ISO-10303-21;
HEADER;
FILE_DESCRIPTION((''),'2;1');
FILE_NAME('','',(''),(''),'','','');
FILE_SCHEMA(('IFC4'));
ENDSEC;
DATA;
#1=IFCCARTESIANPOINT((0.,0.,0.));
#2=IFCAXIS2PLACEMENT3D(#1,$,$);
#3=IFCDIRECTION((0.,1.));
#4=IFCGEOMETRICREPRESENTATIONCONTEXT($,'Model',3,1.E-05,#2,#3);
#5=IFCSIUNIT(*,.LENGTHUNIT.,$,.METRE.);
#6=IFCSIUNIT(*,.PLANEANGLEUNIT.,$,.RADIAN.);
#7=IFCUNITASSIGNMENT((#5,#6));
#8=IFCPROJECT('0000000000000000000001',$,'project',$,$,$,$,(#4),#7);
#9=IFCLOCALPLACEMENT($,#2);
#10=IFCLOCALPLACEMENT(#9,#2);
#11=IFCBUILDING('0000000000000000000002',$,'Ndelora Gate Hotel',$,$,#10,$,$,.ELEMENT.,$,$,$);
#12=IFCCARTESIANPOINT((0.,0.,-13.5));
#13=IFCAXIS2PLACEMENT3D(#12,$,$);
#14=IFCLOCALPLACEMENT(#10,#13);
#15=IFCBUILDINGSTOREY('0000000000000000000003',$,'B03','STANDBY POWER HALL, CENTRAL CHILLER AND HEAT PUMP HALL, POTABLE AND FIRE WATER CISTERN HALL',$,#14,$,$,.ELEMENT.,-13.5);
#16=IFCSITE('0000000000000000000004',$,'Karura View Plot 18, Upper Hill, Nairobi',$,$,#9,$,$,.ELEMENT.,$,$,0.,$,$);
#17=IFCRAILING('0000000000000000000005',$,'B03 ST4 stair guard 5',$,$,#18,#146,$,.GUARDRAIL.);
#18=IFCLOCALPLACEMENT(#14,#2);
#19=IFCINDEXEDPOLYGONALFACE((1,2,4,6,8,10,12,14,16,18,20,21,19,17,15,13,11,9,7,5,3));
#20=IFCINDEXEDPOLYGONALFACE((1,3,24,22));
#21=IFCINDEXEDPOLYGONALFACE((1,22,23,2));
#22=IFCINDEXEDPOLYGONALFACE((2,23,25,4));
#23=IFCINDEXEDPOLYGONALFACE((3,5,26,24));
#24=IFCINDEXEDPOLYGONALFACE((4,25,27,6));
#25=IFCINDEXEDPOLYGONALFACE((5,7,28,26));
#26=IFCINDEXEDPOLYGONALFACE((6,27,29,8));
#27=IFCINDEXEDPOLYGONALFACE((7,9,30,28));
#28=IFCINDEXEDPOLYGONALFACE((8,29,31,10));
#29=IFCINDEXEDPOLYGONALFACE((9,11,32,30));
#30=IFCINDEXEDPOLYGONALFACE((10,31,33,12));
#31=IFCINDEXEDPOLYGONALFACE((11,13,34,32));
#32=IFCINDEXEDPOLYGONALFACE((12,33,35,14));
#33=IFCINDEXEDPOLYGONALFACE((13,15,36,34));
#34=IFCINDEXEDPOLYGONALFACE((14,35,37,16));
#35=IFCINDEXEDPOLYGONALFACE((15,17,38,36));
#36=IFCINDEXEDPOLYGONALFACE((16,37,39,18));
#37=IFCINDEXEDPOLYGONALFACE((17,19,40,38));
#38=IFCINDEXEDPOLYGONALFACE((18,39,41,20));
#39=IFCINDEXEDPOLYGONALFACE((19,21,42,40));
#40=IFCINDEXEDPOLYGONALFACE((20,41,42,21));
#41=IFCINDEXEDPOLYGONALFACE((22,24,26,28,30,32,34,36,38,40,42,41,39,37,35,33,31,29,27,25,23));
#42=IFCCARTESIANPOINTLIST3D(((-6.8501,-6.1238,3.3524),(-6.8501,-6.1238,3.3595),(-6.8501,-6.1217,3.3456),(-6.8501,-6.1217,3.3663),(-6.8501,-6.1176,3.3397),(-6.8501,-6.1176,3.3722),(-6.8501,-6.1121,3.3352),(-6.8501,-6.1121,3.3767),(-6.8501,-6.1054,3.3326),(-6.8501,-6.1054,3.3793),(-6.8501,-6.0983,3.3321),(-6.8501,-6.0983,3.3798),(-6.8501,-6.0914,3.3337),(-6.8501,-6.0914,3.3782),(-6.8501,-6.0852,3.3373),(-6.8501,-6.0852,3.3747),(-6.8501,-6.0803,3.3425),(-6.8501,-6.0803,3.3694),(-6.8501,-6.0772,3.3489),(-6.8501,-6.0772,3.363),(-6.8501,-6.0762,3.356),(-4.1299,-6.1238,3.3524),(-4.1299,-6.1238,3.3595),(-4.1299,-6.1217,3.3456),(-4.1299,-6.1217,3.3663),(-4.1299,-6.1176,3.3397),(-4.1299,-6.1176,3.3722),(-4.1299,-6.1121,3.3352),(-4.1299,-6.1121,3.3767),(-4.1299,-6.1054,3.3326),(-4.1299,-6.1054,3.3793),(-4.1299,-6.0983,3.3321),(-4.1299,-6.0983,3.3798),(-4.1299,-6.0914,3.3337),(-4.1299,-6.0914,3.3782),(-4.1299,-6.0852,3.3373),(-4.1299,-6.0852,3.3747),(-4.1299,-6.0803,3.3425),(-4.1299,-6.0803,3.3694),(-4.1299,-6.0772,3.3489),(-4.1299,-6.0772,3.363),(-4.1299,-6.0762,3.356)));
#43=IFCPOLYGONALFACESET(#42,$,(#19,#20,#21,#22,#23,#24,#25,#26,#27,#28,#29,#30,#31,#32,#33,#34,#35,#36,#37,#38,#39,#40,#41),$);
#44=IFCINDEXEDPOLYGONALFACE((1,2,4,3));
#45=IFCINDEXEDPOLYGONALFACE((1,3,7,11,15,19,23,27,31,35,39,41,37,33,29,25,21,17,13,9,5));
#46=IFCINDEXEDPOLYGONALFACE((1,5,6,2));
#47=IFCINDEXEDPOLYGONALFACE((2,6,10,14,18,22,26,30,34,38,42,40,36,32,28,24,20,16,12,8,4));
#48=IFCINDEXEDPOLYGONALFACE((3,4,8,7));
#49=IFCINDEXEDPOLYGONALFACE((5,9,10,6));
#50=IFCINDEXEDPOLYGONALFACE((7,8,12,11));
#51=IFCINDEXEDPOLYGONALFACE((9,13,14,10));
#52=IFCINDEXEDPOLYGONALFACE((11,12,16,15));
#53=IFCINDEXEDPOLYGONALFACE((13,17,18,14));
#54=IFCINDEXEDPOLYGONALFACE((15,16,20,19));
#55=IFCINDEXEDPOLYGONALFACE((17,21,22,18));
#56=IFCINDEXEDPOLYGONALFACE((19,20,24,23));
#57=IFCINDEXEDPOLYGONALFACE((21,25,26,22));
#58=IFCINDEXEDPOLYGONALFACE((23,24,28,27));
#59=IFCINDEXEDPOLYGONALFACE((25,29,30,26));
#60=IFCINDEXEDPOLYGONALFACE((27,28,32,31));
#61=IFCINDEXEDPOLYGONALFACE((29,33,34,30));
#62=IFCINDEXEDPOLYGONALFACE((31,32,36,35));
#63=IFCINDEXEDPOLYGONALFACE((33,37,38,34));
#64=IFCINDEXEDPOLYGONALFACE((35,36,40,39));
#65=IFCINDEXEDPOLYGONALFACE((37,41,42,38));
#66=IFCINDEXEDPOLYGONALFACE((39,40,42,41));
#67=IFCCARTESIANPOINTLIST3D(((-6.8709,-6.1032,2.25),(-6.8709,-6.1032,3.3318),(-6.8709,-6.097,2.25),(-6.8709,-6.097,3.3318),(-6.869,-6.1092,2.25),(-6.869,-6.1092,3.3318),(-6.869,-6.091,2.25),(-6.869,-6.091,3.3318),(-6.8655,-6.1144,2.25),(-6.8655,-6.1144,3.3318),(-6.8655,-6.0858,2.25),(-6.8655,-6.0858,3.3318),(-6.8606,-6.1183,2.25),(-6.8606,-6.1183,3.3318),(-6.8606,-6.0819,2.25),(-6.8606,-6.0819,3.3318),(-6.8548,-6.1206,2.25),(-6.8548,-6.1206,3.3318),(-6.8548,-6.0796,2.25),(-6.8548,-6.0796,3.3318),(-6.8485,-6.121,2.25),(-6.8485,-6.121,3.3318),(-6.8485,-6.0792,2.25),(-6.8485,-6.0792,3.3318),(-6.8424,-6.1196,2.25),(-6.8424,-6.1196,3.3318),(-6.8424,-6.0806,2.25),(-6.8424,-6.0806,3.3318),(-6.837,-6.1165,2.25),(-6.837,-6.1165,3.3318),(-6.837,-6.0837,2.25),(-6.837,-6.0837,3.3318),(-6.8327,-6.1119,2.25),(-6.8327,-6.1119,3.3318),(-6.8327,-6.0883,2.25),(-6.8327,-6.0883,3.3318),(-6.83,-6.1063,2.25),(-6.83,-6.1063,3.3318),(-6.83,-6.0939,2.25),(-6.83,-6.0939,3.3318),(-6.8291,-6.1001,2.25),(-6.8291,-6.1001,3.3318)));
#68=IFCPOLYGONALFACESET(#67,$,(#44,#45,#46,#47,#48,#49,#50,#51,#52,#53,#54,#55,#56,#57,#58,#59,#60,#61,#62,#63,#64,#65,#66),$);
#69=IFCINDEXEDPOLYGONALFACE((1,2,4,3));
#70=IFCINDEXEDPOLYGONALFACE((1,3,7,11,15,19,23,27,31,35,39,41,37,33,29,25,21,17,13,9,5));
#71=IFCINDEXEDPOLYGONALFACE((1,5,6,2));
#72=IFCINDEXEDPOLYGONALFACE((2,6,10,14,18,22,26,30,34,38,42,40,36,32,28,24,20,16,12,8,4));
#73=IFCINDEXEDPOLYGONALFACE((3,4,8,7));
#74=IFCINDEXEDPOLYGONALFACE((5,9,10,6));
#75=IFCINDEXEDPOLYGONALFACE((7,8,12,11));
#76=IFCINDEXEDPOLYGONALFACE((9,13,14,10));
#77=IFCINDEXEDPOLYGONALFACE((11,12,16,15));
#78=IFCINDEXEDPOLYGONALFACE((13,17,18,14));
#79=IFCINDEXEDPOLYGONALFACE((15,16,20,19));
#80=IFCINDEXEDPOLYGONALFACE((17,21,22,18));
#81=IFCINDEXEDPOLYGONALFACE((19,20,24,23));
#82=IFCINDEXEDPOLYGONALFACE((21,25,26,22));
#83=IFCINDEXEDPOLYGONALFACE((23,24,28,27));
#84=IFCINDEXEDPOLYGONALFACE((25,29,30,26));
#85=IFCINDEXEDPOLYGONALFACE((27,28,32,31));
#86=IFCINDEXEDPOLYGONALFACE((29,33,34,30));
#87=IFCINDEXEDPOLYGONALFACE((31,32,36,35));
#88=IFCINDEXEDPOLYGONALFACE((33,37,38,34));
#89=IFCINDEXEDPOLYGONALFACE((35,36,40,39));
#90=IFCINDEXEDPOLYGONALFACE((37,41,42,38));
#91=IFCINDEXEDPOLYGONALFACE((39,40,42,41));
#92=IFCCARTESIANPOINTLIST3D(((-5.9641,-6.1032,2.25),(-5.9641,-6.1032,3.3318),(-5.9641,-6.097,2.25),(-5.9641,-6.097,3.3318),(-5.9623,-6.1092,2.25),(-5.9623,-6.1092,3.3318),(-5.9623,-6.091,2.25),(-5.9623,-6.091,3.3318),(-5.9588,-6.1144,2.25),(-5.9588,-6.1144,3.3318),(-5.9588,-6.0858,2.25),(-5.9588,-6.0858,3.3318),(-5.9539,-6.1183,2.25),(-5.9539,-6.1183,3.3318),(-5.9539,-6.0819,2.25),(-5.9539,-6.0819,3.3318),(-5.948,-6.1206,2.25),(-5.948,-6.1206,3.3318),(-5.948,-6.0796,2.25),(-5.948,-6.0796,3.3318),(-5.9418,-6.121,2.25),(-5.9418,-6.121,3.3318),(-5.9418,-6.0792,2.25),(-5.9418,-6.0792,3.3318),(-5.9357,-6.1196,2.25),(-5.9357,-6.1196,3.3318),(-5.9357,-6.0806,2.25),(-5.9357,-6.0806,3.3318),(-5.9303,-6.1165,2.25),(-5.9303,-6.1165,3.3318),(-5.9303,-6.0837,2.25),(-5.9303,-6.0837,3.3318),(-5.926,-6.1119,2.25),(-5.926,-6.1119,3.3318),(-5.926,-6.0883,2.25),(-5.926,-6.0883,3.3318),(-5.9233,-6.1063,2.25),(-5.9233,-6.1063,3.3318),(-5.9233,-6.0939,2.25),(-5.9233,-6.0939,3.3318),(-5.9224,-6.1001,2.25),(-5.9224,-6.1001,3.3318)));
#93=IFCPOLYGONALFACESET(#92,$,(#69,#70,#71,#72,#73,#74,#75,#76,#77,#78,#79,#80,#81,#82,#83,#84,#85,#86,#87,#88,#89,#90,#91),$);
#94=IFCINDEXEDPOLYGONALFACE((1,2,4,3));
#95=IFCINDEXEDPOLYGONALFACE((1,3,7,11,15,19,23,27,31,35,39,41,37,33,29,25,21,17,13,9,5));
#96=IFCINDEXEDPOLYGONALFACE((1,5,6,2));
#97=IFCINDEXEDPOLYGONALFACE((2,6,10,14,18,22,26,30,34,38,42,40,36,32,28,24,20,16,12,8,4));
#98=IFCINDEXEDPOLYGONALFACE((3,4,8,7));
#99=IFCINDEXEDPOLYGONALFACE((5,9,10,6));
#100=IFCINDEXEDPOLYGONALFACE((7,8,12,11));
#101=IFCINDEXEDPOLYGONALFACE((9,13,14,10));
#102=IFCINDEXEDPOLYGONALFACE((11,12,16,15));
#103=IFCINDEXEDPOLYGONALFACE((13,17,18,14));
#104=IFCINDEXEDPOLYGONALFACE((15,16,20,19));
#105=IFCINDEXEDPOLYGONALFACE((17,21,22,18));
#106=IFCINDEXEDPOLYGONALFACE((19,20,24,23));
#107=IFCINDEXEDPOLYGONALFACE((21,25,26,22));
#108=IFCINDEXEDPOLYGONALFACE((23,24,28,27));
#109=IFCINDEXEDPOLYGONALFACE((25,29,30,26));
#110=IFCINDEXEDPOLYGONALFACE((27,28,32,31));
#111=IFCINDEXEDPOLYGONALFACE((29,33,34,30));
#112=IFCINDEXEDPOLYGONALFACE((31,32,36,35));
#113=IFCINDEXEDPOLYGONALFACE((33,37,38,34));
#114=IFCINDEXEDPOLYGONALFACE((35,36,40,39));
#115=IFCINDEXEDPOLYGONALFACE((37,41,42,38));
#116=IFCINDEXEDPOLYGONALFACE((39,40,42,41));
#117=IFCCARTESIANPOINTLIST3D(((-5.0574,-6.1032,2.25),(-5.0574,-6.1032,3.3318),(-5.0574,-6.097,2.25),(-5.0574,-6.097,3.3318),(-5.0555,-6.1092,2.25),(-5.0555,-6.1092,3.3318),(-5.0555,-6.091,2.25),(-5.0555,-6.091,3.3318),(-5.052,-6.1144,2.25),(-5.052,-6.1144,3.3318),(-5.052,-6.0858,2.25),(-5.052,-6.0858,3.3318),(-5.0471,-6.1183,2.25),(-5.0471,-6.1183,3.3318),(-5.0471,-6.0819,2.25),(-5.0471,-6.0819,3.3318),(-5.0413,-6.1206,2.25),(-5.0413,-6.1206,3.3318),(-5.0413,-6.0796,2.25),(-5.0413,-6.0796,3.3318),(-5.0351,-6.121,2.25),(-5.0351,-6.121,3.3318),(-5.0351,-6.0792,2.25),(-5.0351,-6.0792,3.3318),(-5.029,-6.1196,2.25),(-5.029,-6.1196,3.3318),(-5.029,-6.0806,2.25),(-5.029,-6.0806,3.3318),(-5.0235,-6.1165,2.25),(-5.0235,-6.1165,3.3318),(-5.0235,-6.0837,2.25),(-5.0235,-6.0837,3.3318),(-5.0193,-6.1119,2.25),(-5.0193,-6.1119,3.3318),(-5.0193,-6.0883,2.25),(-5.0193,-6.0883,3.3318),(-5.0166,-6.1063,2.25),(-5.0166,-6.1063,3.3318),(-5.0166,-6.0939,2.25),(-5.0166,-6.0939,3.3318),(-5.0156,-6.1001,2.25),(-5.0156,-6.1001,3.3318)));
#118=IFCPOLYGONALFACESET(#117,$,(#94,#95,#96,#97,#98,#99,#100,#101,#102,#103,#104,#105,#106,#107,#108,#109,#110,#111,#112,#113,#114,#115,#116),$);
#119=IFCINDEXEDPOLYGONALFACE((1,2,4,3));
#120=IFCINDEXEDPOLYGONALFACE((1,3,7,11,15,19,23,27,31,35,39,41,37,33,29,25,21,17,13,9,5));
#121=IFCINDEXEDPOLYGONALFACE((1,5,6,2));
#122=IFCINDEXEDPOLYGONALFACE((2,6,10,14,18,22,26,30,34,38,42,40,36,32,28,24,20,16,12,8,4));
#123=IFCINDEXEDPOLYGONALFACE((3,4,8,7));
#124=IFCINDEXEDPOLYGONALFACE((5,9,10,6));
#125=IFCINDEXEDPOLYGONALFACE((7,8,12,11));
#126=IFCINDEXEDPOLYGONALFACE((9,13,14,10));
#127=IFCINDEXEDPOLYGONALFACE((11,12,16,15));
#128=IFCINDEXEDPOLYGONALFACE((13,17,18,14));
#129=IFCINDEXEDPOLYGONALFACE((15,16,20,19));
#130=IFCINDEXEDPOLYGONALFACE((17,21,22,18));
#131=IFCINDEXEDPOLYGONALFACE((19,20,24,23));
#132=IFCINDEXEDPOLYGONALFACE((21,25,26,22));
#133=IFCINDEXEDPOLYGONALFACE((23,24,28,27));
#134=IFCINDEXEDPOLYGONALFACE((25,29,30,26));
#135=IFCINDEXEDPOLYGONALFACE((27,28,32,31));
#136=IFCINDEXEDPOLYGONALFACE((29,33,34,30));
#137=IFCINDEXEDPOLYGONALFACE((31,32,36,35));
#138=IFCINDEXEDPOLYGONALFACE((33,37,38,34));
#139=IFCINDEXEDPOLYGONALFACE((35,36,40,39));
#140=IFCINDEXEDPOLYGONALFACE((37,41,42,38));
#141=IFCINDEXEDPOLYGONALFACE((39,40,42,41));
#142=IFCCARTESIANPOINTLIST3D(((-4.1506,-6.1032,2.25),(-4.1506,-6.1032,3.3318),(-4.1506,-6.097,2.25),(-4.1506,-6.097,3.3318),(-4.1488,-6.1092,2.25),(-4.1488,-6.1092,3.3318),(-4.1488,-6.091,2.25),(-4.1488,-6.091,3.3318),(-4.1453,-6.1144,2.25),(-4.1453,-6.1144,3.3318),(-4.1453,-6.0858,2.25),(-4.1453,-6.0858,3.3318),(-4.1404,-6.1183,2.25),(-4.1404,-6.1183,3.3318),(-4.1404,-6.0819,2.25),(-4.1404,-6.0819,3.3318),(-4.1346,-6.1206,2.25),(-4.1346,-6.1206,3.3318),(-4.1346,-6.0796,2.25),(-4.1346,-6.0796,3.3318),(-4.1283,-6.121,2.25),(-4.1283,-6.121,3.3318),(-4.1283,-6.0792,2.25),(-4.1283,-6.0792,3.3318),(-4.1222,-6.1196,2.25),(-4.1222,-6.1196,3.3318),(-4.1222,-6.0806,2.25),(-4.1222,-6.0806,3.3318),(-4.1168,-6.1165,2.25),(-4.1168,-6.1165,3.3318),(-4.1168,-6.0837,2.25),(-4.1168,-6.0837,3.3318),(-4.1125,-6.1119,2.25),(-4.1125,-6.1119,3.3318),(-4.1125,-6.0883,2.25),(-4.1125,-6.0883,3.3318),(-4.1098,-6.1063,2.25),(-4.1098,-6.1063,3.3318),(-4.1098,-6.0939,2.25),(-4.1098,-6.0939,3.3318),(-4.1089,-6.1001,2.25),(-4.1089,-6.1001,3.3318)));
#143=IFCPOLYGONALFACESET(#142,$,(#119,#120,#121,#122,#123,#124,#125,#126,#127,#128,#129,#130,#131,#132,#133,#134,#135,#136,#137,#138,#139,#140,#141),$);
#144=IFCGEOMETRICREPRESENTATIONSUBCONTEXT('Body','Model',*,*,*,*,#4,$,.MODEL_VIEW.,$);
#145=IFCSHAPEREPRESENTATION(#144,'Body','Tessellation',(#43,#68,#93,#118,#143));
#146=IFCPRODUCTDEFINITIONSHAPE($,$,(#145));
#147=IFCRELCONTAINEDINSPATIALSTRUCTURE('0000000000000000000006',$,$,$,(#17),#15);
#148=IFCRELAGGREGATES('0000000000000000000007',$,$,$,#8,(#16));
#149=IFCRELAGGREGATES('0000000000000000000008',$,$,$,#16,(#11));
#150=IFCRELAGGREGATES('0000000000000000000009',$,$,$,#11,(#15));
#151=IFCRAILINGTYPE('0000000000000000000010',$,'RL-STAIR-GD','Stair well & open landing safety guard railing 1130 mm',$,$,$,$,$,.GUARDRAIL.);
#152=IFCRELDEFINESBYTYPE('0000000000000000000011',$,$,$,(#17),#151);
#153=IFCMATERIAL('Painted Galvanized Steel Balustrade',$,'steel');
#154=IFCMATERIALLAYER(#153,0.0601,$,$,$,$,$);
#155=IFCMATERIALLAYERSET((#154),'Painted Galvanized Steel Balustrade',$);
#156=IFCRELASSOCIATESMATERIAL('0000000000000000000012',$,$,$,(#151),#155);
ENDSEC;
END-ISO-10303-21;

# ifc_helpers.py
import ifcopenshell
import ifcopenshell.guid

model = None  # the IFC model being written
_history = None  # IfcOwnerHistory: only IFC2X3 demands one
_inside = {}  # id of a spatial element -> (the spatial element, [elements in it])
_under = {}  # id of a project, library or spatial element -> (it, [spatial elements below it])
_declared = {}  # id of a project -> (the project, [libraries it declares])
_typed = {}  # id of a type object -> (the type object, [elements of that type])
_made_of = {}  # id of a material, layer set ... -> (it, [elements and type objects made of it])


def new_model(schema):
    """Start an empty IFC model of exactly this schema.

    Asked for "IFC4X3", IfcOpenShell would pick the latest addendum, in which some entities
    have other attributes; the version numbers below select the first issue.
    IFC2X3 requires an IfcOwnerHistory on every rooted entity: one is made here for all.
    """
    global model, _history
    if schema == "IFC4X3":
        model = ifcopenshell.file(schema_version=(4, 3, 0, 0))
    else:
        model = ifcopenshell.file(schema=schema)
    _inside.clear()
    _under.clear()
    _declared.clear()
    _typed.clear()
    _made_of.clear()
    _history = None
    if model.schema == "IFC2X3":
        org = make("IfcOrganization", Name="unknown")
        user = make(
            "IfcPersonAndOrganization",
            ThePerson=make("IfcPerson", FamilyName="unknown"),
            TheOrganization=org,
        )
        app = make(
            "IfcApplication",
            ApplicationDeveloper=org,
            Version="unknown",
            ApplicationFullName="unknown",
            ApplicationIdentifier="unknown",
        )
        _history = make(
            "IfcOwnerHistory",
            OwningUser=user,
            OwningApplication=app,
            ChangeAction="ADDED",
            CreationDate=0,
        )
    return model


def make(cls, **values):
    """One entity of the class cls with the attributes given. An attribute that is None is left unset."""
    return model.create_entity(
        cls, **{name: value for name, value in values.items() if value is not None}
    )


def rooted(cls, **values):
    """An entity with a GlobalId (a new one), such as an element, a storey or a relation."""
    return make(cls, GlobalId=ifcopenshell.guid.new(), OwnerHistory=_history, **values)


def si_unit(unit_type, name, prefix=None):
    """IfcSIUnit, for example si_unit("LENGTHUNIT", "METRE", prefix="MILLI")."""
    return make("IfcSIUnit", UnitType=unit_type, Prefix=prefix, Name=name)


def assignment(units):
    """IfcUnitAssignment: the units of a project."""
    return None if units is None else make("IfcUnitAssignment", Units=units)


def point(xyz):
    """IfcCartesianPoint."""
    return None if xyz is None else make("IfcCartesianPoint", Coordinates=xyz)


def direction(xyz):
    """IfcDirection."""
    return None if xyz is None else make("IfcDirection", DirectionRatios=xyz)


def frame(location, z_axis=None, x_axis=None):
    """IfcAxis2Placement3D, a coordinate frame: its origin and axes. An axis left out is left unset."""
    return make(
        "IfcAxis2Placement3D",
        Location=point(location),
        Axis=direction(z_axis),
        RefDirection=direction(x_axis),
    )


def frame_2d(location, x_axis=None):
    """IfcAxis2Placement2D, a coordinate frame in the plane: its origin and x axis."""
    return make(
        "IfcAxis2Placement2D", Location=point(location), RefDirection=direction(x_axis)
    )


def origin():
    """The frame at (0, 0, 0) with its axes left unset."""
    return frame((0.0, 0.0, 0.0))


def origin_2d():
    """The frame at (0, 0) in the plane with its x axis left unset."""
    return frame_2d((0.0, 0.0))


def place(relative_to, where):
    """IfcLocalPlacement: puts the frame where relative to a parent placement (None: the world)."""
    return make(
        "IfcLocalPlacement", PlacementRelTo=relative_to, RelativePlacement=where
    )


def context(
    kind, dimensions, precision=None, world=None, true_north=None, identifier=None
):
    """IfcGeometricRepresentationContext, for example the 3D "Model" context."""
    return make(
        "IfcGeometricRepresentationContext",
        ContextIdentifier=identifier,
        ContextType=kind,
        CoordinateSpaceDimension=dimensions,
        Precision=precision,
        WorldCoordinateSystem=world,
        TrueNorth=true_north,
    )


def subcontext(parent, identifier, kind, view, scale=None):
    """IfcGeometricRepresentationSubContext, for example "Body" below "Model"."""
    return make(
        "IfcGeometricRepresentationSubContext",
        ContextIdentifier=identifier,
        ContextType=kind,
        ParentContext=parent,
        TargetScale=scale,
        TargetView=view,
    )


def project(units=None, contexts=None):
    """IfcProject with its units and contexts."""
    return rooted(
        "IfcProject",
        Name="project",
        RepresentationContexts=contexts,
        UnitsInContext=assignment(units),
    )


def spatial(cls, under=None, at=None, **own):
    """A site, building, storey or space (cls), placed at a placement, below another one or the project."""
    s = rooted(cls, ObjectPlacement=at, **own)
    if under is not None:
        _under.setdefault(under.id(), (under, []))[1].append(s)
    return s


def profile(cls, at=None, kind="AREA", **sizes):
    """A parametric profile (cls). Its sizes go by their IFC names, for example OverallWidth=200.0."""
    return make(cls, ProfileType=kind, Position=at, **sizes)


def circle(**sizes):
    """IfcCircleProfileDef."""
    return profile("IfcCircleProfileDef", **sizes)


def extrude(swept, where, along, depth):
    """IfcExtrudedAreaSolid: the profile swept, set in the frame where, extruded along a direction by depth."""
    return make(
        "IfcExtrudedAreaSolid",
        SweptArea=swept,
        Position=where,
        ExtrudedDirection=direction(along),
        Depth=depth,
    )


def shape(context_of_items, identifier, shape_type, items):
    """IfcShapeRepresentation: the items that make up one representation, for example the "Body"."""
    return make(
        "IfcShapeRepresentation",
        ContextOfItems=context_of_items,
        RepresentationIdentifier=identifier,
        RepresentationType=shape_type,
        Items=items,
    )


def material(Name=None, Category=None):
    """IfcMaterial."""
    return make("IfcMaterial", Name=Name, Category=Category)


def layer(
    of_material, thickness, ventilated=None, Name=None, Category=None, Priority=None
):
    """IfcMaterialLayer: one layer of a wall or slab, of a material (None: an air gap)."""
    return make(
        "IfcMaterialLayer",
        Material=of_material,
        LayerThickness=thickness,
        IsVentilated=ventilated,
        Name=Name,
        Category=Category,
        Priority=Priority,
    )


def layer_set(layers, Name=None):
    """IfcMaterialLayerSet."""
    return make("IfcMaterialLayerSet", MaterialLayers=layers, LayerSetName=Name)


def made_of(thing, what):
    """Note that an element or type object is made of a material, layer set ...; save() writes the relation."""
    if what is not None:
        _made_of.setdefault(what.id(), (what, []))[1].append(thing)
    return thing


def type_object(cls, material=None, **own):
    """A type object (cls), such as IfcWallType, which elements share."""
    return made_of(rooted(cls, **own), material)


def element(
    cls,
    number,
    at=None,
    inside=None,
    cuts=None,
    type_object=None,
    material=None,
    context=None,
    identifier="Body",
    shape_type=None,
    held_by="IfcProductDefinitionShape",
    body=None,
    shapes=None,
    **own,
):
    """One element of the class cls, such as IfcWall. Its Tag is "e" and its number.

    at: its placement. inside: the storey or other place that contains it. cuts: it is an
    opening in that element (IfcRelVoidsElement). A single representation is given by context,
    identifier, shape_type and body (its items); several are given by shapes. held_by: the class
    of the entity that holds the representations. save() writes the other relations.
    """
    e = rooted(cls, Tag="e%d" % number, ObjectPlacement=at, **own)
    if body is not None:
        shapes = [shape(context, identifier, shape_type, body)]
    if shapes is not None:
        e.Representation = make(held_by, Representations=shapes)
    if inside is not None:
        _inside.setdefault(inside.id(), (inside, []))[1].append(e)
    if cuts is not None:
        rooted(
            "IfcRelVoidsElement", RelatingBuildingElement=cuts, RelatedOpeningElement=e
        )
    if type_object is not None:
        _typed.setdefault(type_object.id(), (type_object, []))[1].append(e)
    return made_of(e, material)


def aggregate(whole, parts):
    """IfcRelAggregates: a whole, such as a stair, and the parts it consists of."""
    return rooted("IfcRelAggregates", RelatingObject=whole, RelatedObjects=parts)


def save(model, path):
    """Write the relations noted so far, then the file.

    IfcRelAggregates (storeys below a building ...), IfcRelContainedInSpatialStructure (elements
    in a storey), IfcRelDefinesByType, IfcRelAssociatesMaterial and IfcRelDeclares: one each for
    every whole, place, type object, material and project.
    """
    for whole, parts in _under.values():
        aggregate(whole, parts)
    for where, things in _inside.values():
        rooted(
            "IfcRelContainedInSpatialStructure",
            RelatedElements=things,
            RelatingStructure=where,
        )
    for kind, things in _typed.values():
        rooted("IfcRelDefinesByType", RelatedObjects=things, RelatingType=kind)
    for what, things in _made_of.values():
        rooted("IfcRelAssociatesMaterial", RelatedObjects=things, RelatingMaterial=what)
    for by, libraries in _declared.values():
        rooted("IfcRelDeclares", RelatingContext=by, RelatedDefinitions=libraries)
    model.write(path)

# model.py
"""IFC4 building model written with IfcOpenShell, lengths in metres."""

from ifc_helpers import new_model, si_unit, direction, frame, origin, origin_2d, place, context, subcontext, project, spatial, circle, extrude, material, layer, layer_set, type_object, element, save


model = new_model("IFC4")

# Units and contexts
model_context = context("Model", 3, precision=1e-05, world=origin(), true_north=direction((0.0, 1.0)))
body_context = subcontext(model_context, "Body", "Model", "MODEL_VIEW")
ifc_project = project(units=[si_unit("LENGTHUNIT", "METRE"), si_unit("PLANEANGLEUNIT", "RADIAN")], contexts=[model_context])

# Site, building, storey
site_placement = place(None, origin())
site = spatial("IfcSite", under=ifc_project, at=site_placement, Name="Karura View Plot 18, Upper Hill, Nairobi", CompositionType="ELEMENT", RefElevation=0.0)
building_placement = place(site_placement, origin())
building = spatial("IfcBuilding", under=site, at=building_placement, Name="Ndelora Gate Hotel", CompositionType="ELEMENT")
storey_placement = place(building_placement, frame((0.0, 0.0, -13.5)))
storey = spatial("IfcBuildingStorey", under=building, at=storey_placement, Name="B03", Description="STANDBY POWER HALL, CENTRAL CHILLER AND HEAT PUMP HALL, POTABLE AND FIRE WATER CISTERN HALL", CompositionType="ELEMENT", Elevation=-13.5)

# Railing
ifc_material_1 = material(Name="Painted Galvanized Steel Balustrade", Category="steel")
ifc_layer_1 = layer(ifc_material_1, 0.0601)
ifc_layer_set_1 = layer_set([ifc_layer_1], Name="Painted Galvanized Steel Balustrade")
railing_type_1 = type_object("IfcRailingType", Name="RL-STAIR-GD", Description="Stair well & open landing safety guard railing 1130 mm", PredefinedType="GUARDRAIL", material=ifc_layer_set_1)
railing_1_placement = place(storey_placement, frame((-6.8501, -6.1001, 2.25)))
element("IfcRailing", 1, at=railing_1_placement, inside=storey, type_object=railing_type_1, Name="B03 ST4 stair guard 5", PredefinedType="GUARDRAIL", context=body_context, shape_type="SweptSolid", body=[
    extrude(circle(Radius=0.0239, at=origin_2d()), frame((0.0, 0.0, 1.106), z_axis=(1.0, 0.0, 0.0), x_axis=(0.0, 1.0, 0.0)), (0.0, 0.0, 1.0), 2.7202),
    extrude(circle(Radius=0.021, at=origin_2d()), origin(), (0.0, 0.0, 1.0), 1.0818),
    extrude(circle(Radius=0.021, at=origin_2d()), frame((0.9067, 0.0, 0.0)), (0.0, 0.0, 1.0), 1.0818),
    extrude(circle(Radius=0.021, at=origin_2d()), frame((1.8135, 0.0, 0.0)), (0.0, 0.0, 1.0), 1.0818),
    extrude(circle(Radius=0.021, at=origin_2d()), frame((2.7202, 0.0, 0.0)), (0.0, 0.0, 1.0), 1.0818),
])

save(model, "model.ifc")
